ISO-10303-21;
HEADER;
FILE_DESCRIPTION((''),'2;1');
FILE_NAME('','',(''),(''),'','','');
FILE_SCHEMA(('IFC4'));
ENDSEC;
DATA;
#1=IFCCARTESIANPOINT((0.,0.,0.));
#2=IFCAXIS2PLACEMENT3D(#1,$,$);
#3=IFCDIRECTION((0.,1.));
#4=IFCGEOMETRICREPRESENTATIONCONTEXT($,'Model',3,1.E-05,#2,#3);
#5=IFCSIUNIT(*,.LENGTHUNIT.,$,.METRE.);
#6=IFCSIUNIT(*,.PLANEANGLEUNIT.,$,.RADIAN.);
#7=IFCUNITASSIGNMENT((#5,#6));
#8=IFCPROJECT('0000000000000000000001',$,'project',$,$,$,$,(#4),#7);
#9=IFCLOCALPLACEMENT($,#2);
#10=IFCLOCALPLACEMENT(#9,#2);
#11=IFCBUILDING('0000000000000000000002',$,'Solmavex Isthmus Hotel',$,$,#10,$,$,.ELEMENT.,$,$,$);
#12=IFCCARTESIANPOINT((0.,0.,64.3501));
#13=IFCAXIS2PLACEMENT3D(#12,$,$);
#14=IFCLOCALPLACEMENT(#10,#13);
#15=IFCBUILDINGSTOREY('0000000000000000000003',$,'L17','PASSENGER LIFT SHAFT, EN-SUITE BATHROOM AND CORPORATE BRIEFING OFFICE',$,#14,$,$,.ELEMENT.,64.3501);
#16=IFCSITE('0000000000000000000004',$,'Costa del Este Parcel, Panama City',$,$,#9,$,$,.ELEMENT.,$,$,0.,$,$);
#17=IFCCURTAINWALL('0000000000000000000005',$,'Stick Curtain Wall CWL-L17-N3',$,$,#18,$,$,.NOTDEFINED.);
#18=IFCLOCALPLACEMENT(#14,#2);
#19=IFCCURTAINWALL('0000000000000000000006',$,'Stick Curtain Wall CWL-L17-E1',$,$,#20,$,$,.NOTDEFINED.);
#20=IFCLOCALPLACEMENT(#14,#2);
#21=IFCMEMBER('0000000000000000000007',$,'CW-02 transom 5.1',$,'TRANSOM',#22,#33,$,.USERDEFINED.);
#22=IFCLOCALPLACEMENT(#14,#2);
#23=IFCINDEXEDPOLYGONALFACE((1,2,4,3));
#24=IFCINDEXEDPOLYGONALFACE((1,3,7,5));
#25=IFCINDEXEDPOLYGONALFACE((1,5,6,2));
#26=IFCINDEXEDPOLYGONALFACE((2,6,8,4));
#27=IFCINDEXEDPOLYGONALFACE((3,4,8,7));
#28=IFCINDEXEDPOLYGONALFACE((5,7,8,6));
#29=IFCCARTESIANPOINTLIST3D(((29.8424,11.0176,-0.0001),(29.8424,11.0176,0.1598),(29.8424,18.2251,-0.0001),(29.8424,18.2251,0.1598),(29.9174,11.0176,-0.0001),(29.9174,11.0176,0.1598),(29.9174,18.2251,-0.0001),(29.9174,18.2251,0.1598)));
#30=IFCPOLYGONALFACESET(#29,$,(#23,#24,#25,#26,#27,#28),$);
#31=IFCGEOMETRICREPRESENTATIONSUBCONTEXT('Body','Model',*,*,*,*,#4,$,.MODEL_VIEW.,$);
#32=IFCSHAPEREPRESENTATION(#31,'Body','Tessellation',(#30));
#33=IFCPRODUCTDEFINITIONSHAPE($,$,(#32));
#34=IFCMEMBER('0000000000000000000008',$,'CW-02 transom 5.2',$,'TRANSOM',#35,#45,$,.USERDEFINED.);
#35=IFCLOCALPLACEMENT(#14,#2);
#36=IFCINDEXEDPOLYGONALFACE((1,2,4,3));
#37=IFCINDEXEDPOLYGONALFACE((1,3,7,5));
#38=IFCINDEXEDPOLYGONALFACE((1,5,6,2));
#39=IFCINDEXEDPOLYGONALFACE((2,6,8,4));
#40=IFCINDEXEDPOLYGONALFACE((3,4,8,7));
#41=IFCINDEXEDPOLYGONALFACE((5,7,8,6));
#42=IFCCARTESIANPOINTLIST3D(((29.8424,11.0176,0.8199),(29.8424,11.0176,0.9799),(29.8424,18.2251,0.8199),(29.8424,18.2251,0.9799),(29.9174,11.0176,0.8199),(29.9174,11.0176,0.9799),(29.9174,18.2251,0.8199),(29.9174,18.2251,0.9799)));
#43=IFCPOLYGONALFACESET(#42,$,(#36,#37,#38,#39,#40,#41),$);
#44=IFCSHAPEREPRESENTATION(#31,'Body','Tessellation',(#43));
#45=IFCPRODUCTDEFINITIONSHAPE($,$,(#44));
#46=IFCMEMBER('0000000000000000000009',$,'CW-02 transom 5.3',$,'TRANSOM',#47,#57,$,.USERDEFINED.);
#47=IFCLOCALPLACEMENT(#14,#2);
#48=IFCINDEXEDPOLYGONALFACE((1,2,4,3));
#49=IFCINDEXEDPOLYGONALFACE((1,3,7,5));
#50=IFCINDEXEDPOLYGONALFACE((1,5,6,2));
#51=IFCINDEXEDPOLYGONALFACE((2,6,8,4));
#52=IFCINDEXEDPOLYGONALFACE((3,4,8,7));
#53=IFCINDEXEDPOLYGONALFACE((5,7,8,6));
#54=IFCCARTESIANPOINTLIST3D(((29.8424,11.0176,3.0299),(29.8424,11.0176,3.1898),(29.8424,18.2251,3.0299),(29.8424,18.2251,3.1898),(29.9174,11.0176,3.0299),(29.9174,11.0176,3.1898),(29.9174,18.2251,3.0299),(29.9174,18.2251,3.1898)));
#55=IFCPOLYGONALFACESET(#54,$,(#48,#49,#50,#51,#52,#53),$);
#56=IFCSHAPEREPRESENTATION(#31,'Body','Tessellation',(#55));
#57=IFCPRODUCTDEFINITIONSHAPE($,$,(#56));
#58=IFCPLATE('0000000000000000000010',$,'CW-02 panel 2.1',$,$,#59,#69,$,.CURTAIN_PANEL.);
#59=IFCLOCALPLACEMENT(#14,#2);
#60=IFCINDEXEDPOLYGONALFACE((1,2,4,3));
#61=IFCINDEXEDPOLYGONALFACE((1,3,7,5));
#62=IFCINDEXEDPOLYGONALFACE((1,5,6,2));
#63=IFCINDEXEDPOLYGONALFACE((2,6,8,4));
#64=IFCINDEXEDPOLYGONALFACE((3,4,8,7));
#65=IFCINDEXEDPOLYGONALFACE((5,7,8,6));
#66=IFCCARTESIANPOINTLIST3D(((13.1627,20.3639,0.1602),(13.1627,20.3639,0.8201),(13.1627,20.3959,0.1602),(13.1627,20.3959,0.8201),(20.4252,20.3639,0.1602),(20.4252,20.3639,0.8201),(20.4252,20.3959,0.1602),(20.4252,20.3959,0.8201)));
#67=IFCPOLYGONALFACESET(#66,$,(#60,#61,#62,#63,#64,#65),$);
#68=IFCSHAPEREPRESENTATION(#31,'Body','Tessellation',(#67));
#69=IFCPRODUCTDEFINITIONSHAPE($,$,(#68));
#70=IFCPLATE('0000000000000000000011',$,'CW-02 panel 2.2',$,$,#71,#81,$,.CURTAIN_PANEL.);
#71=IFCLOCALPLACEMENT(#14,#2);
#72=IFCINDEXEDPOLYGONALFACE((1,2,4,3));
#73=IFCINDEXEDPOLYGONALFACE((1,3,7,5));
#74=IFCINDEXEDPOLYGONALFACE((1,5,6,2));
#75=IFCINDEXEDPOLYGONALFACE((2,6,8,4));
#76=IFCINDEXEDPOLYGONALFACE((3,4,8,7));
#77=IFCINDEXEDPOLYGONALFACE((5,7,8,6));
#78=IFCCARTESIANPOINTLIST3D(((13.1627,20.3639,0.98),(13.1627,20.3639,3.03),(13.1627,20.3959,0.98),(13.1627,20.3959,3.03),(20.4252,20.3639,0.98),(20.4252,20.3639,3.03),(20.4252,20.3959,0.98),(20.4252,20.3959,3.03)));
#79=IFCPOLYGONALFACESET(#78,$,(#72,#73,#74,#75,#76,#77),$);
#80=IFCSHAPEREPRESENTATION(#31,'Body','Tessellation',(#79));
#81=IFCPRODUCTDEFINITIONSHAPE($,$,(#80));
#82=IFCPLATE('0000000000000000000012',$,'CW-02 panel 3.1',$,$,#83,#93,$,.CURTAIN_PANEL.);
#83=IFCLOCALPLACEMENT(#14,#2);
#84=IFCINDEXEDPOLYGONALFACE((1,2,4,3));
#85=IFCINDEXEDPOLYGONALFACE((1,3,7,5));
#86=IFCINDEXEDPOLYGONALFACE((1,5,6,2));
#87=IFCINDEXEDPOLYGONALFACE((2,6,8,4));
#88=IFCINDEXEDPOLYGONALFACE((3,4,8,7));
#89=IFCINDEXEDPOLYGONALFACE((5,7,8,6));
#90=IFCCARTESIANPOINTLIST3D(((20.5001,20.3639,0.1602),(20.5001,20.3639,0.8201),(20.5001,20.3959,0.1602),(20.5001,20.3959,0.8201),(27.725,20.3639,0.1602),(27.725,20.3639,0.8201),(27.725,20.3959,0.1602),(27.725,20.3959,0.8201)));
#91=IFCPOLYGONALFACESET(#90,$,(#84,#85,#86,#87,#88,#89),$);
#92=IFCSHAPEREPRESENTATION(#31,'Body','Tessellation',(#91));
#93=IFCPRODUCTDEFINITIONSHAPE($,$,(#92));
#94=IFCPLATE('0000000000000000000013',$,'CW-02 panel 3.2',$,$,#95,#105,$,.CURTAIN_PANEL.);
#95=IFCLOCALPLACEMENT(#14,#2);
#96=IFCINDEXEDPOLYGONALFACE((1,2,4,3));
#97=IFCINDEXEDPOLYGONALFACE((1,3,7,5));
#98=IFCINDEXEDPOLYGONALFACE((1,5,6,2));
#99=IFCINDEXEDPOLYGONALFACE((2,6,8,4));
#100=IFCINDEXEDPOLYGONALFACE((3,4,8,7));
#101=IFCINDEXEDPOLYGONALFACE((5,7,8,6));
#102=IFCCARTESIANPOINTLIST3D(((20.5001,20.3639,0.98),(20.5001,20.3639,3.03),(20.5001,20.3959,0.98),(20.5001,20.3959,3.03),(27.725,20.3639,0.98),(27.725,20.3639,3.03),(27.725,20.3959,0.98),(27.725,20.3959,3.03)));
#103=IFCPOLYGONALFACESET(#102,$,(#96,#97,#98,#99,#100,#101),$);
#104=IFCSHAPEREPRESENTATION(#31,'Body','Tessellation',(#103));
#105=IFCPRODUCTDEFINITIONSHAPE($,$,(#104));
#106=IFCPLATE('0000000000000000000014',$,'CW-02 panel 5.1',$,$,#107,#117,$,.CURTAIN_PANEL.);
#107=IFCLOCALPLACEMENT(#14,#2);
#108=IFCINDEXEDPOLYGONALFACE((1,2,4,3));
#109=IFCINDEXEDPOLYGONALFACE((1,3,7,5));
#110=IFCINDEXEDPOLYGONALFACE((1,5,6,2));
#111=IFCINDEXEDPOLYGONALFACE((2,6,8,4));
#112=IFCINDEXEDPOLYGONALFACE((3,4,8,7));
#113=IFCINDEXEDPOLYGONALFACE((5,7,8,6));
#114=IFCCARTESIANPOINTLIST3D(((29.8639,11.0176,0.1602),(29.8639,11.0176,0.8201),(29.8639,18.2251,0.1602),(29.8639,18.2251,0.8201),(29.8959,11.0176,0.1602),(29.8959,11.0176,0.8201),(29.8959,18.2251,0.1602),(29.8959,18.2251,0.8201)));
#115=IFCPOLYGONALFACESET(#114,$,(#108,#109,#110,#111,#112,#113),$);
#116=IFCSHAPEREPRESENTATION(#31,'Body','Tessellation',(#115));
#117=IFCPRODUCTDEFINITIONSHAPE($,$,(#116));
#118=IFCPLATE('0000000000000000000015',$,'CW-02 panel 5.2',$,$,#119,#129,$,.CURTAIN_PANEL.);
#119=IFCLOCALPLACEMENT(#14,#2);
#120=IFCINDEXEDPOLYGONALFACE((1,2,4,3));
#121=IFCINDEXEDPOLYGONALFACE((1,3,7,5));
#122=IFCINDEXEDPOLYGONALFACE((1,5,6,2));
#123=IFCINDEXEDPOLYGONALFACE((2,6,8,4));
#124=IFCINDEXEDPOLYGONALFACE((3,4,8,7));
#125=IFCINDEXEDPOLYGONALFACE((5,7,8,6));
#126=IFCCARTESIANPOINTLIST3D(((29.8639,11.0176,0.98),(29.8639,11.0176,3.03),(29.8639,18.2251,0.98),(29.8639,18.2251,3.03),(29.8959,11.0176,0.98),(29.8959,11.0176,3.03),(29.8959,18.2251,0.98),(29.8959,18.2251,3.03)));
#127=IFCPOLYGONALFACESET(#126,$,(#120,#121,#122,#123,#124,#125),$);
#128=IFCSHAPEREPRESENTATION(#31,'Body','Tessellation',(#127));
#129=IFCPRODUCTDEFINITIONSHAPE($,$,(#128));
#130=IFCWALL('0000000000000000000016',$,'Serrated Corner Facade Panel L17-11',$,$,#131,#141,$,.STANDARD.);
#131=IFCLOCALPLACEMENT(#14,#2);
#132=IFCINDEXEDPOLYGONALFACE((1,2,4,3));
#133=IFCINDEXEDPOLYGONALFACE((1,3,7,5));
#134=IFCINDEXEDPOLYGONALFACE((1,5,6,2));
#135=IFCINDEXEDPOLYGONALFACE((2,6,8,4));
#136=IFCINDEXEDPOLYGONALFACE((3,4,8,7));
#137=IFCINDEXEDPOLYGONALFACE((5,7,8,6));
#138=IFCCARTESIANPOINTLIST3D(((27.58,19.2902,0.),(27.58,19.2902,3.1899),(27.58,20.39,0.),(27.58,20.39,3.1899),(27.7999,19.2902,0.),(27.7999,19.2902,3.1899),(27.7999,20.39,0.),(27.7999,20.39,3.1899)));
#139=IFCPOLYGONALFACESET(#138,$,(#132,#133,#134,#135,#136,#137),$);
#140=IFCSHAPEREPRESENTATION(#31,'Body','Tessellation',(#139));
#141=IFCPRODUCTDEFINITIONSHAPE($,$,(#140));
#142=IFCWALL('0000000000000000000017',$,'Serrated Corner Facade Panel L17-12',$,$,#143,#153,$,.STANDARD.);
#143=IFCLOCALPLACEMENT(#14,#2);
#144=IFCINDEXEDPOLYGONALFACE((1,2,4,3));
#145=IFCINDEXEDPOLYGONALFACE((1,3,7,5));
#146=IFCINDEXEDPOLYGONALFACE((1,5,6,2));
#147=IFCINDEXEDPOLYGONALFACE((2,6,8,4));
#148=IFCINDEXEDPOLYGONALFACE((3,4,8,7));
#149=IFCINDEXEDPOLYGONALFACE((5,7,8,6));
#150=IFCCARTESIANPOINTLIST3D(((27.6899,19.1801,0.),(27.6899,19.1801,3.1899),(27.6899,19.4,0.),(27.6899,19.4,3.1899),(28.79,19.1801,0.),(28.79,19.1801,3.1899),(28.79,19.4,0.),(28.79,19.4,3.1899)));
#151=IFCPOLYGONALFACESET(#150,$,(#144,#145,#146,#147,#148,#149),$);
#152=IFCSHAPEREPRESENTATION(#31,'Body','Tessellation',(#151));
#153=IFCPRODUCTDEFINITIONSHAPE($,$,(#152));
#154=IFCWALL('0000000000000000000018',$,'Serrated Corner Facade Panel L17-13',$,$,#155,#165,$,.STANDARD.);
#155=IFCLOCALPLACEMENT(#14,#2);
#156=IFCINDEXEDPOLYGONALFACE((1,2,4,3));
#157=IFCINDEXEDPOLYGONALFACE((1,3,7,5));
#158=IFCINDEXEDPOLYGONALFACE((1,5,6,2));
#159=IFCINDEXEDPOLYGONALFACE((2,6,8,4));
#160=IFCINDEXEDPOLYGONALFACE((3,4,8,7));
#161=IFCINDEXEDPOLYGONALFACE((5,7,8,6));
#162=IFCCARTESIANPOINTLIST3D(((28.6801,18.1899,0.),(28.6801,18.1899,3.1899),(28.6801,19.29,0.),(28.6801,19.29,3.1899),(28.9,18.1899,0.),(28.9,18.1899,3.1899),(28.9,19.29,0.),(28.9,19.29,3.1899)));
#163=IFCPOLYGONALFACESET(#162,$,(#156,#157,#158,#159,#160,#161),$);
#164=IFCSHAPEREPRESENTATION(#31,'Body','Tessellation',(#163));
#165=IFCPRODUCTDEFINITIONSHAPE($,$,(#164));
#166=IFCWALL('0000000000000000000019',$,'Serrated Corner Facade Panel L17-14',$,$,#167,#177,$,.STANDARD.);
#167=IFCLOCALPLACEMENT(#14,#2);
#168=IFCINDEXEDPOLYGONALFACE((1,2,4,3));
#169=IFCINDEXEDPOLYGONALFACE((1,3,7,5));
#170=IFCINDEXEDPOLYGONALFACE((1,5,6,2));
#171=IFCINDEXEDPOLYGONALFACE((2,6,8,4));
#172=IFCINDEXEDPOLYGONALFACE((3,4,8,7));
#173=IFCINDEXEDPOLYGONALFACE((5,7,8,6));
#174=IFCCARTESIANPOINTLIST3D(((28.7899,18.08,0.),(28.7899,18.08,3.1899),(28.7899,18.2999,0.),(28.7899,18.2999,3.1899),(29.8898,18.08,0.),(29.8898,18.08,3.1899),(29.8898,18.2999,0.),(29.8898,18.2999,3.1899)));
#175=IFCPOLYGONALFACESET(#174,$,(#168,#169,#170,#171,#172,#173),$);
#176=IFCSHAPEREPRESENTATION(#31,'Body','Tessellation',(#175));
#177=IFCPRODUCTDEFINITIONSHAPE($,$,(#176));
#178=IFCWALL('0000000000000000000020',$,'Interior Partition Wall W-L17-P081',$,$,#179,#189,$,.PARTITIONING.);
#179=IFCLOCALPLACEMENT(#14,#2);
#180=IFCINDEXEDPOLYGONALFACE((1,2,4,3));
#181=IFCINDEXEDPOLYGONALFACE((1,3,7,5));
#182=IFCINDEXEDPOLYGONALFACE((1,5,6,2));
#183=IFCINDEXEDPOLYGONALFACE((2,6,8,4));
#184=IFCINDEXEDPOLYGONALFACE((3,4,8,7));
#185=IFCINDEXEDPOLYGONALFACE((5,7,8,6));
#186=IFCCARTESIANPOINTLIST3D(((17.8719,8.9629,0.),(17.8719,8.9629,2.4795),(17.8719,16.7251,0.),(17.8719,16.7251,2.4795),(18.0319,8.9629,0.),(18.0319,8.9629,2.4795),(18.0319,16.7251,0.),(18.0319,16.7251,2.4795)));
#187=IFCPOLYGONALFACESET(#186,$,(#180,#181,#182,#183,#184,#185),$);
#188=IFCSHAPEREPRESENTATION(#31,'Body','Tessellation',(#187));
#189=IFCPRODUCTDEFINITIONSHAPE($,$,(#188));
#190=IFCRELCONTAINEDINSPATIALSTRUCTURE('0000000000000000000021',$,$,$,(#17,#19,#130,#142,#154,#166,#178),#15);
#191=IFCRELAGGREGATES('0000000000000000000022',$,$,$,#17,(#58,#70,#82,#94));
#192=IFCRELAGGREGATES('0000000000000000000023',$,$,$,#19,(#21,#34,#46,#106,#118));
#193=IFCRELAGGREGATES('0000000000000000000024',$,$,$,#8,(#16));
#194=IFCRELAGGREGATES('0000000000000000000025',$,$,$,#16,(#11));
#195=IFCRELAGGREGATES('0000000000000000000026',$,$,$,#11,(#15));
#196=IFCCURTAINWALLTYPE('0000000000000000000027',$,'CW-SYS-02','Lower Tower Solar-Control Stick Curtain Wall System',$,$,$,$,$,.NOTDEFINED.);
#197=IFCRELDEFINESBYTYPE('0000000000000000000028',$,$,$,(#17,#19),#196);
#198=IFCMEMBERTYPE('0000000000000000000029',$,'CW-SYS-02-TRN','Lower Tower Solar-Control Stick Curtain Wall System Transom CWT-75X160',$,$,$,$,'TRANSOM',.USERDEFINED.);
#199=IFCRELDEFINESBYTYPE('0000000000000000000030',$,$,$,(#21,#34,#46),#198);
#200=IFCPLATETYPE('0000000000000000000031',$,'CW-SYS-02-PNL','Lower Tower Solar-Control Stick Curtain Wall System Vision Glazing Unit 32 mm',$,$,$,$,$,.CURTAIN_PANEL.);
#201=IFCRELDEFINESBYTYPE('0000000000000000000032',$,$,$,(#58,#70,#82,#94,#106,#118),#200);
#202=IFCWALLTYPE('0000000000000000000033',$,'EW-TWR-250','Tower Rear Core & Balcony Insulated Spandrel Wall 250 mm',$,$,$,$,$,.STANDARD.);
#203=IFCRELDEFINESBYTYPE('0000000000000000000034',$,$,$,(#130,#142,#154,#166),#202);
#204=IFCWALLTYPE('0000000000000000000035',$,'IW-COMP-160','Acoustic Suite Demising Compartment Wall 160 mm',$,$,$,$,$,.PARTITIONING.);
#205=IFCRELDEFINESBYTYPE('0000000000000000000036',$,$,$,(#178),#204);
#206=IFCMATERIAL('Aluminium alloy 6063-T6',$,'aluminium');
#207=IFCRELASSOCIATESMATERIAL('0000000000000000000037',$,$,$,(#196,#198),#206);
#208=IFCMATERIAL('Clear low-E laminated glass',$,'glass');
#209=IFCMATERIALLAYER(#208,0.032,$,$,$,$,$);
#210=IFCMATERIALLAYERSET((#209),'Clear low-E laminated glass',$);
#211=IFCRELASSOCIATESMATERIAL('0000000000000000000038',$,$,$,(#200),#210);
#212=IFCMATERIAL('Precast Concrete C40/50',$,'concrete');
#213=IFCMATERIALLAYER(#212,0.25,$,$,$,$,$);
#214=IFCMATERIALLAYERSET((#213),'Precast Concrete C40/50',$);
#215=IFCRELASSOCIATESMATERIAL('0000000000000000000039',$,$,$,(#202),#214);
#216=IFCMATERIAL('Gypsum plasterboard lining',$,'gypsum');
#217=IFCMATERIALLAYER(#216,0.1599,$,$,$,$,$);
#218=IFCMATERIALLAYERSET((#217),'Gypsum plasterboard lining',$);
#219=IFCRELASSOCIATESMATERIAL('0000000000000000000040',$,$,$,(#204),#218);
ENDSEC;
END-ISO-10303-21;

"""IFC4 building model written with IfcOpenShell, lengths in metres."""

from ifc_helpers import new_model, si_unit, direction, frame, frame_2d, origin, origin_2d, place, context, subcontext, project, spatial, rectangle, extrude, material, layer, layer_set, material_profile, profile_set, type_object, element, aggregate, save


model = new_model("IFC4")

# Units and contexts
model_context = context("Model", 3, precision=1e-05, world=origin(), true_north=direction((0.0, 1.0)))
body_context = subcontext(model_context, "Body", "Model", "MODEL_VIEW")
ifc_project = project(units=[si_unit("LENGTHUNIT", "METRE"), si_unit("PLANEANGLEUNIT", "RADIAN")], contexts=[model_context])

# Site, building, storey
site_placement = place(None, origin())
site = spatial("IfcSite", under=ifc_project, at=site_placement, Name="Costa del Este Parcel, Panama City", CompositionType="ELEMENT", RefElevation=0.0)
building_placement = place(site_placement, origin())
building = spatial("IfcBuilding", under=site, at=building_placement, Name="Solmavex Isthmus Hotel", CompositionType="ELEMENT")
storey_placement = place(building_placement, frame((0.0, 0.0, 64.3501)))
storey = spatial("IfcBuildingStorey", under=building, at=storey_placement, Name="L17", Description="PASSENGER LIFT SHAFT, EN-SUITE BATHROOM AND CORPORATE BRIEFING OFFICE", CompositionType="ELEMENT", Elevation=64.3501)

# Curtain walls
ifc_material_1 = material(Name="Aluminium alloy 6063-T6", Category="aluminium")
curtain_wall_type = type_object("IfcCurtainWallType", Name="CW-SYS-02", Description="Lower Tower Solar-Control Stick Curtain Wall System", PredefinedType="NOTDEFINED", material=ifc_material_1)
curtain_wall_1_placement = place(storey_placement, origin())
curtain_wall_1 = element("IfcCurtainWall", 1, at=curtain_wall_1_placement, inside=storey, type_object=curtain_wall_type, Name="Stick Curtain Wall CWL-L17-N3", PredefinedType="NOTDEFINED")
curtain_wall_2_placement = place(storey_placement, origin())
curtain_wall_2 = element("IfcCurtainWall", 2, at=curtain_wall_2_placement, inside=storey, type_object=curtain_wall_type, Name="Stick Curtain Wall CWL-L17-E1", PredefinedType="NOTDEFINED")

# Members
ifc_material_profile_1 = material_profile(ifc_material_1, rectangle(XDim=0.075, YDim=0.1599, at=origin_2d()), Name="CWT-75X160")
ifc_profile_set_1 = profile_set([ifc_material_profile_1], Name="Aluminium alloy 6063-T6")
member_type_1 = type_object("IfcMemberType", Name="CW-SYS-02-TRN", Description="Lower Tower Solar-Control Stick Curtain Wall System Transom CWT-75X160", ElementType="TRANSOM", PredefinedType="USERDEFINED", material=ifc_profile_set_1)
member_1_placement = place(storey_placement, frame((29.8799, 11.0176, 0.0798), z_axis=(0.0, 1.0, 0.0), x_axis=(-1.0, 0.0, 0.0)))
member_1 = element("IfcMember", 3, at=member_1_placement, type_object=member_type_1, Name="CW-02 transom 5.1", ObjectType="TRANSOM", PredefinedType="USERDEFINED", context=body_context, shape_type="SweptSolid", body=[
    extrude(rectangle(XDim=0.075, YDim=0.1599, at=origin_2d()), origin(), (0.0, 0.0, 1.0), 7.2075),
])
member_2_placement = place(storey_placement, frame((29.8799, 11.0176, 0.8999), z_axis=(0.0, 1.0, 0.0), x_axis=(-1.0, 0.0, 0.0)))
member_2 = element("IfcMember", 4, at=member_2_placement, type_object=member_type_1, Name="CW-02 transom 5.2", ObjectType="TRANSOM", PredefinedType="USERDEFINED", context=body_context, shape_type="SweptSolid", body=[
    extrude(rectangle(XDim=0.075, YDim=0.1599, at=origin_2d()), origin(), (0.0, 0.0, 1.0), 7.2075),
])
member_3_placement = place(storey_placement, frame((29.8799, 11.0176, 3.1099), z_axis=(0.0, 1.0, 0.0), x_axis=(-1.0, 0.0, 0.0)))
member_3 = element("IfcMember", 5, at=member_3_placement, type_object=member_type_1, Name="CW-02 transom 5.3", ObjectType="TRANSOM", PredefinedType="USERDEFINED", context=body_context, shape_type="SweptSolid", body=[
    extrude(rectangle(XDim=0.075, YDim=0.1599, at=origin_2d()), origin(), (0.0, 0.0, 1.0), 7.2075),
])

# Plates
ifc_material_2 = material(Name="Clear low-E laminated glass", Category="glass")
ifc_layer_1 = layer(ifc_material_2, 0.032)
ifc_layer_set_1 = layer_set([ifc_layer_1], Name="Clear low-E laminated glass")
plate_type = type_object("IfcPlateType", Name="CW-SYS-02-PNL", Description="Lower Tower Solar-Control Stick Curtain Wall System Vision Glazing Unit 32 mm", PredefinedType="CURTAIN_PANEL", material=ifc_layer_set_1)
plate_1_placement = place(storey_placement, frame((16.7939, 20.3799, 0.1602), z_axis=(0.0, 0.0, 1.0), x_axis=(1.0, 0.0, 0.0)))
plate_1 = element("IfcPlate", 6, at=plate_1_placement, type_object=plate_type, Name="CW-02 panel 2.1", PredefinedType="CURTAIN_PANEL", context=body_context, shape_type="SweptSolid", body=[
    extrude(rectangle(XDim=7.2625, YDim=0.032, at=origin_2d()), origin(), (0.0, 0.0, 1.0), 0.6599),
])
plate_2_placement = place(storey_placement, frame((16.7939, 20.3799, 0.98), z_axis=(0.0, 0.0, 1.0), x_axis=(1.0, 0.0, 0.0)))
plate_2 = element("IfcPlate", 7, at=plate_2_placement, type_object=plate_type, Name="CW-02 panel 2.2", PredefinedType="CURTAIN_PANEL", context=body_context, shape_type="SweptSolid", body=[
    extrude(rectangle(XDim=7.2625, YDim=0.032, at=origin_2d()), origin(), (0.0, 0.0, 1.0), 2.05),
])
plate_3_placement = place(storey_placement, frame((24.1125, 20.3799, 0.1602), z_axis=(0.0, 0.0, 1.0), x_axis=(1.0, 0.0, 0.0)))
plate_3 = element("IfcPlate", 8, at=plate_3_placement, type_object=plate_type, Name="CW-02 panel 3.1", PredefinedType="CURTAIN_PANEL", context=body_context, shape_type="SweptSolid", body=[
    extrude(rectangle(XDim=7.2249, YDim=0.032, at=origin_2d()), origin(), (0.0, 0.0, 1.0), 0.6599),
])
plate_4_placement = place(storey_placement, frame((24.1125, 20.3799, 0.98), z_axis=(0.0, 0.0, 1.0), x_axis=(1.0, 0.0, 0.0)))
plate_4 = element("IfcPlate", 9, at=plate_4_placement, type_object=plate_type, Name="CW-02 panel 3.2", PredefinedType="CURTAIN_PANEL", context=body_context, shape_type="SweptSolid", body=[
    extrude(rectangle(XDim=7.2249, YDim=0.032, at=origin_2d()), origin(), (0.0, 0.0, 1.0), 2.05),
])
aggregate(curtain_wall_1, [plate_1, plate_2, plate_3, plate_4])
plate_5_placement = place(storey_placement, frame((29.8799, 14.6213, 0.1602), z_axis=(0.0, 0.0, 1.0), x_axis=(0.0, 1.0, 0.0)))
plate_5 = element("IfcPlate", 10, at=plate_5_placement, type_object=plate_type, Name="CW-02 panel 5.1", PredefinedType="CURTAIN_PANEL", context=body_context, shape_type="SweptSolid", body=[
    extrude(rectangle(XDim=7.2075, YDim=0.032, at=origin_2d()), origin(), (0.0, 0.0, 1.0), 0.6599),
])
plate_6_placement = place(storey_placement, frame((29.8799, 14.6213, 0.98), z_axis=(0.0, 0.0, 1.0), x_axis=(0.0, 1.0, 0.0)))
plate_6 = element("IfcPlate", 11, at=plate_6_placement, type_object=plate_type, Name="CW-02 panel 5.2", PredefinedType="CURTAIN_PANEL", context=body_context, shape_type="SweptSolid", body=[
    extrude(rectangle(XDim=7.2075, YDim=0.032, at=origin_2d()), origin(), (0.0, 0.0, 1.0), 2.05),
])
aggregate(curtain_wall_2, [member_1, member_2, member_3, plate_5, plate_6])

# Walls
ifc_material_3 = material(Name="Precast Concrete C40/50", Category="concrete")
ifc_layer_2 = layer(ifc_material_3, 0.25)
ifc_layer_set_2 = layer_set([ifc_layer_2], Name="Precast Concrete C40/50")
wall_type_1 = type_object("IfcWallType", Name="EW-TWR-250", Description="Tower Rear Core & Balcony Insulated Spandrel Wall 250 mm", PredefinedType="STANDARD", material=ifc_layer_set_2)
wall_1_placement = place(storey_placement, frame((27.6899, 20.3899, 0.0), z_axis=(0.0, 0.0, 1.0), x_axis=(0.0, -1.0, 0.0)))
element("IfcWall", 12, at=wall_1_placement, inside=storey, type_object=wall_type_1, Name="Serrated Corner Facade Panel L17-11", PredefinedType="STANDARD", context=body_context, shape_type="SweptSolid", body=[
    extrude(rectangle(XDim=1.0999, YDim=0.22, at=frame_2d((0.5498, 0.0))), origin(), (0.0, 0.0, 1.0), 3.1899),
])
for number, where, z_axis, x_axis, name in (
    (13, (27.6899, 19.29, 0.0), (0.0, 0.0, 1.0), (1.0, 0.0, 0.0), "Serrated Corner Facade Panel L17-12"),
    (14, (28.79, 19.29, 0.0), (0.0, 0.0, 1.0), (0.0, -1.0, 0.0), "Serrated Corner Facade Panel L17-13"),
):
    element("IfcWall", number, at=place(storey_placement, frame(where, z_axis=z_axis, x_axis=x_axis)), inside=storey, type_object=wall_type_1, Name=name, PredefinedType="STANDARD", context=body_context, shape_type="SweptSolid", body=[
        extrude(rectangle(XDim=1.1001, YDim=0.22, at=frame_2d((0.55, 0.0))), origin(), (0.0, 0.0, 1.0), 3.1899),
    ])
wall_2_placement = place(storey_placement, frame((28.79, 18.1899, 0.0), z_axis=(0.0, 0.0, 1.0), x_axis=(1.0, 0.0, 0.0)))
element("IfcWall", 15, at=wall_2_placement, inside=storey, type_object=wall_type_1, Name="Serrated Corner Facade Panel L17-14", PredefinedType="STANDARD", context=body_context, shape_type="SweptSolid", body=[
    extrude(rectangle(XDim=1.0999, YDim=0.22, at=frame_2d((0.5498, 0.0))), origin(), (0.0, 0.0, 1.0), 3.1899),
])
ifc_material_4 = material(Name="Gypsum plasterboard lining", Category="gypsum")
ifc_layer_3 = layer(ifc_material_4, 0.1599)
ifc_layer_set_3 = layer_set([ifc_layer_3], Name="Gypsum plasterboard lining")
wall_type_2 = type_object("IfcWallType", Name="IW-COMP-160", Description="Acoustic Suite Demising Compartment Wall 160 mm", PredefinedType="PARTITIONING", material=ifc_layer_set_3)
wall_3_placement = place(storey_placement, frame((17.9519, 16.7251, 0.0), z_axis=(0.0, 0.0, 1.0), x_axis=(0.0, -1.0, 0.0)))
element("IfcWall", 16, at=wall_3_placement, inside=storey, type_object=wall_type_2, Name="Interior Partition Wall W-L17-P081", PredefinedType="PARTITIONING", context=body_context, shape_type="SweptSolid", body=[
    extrude(rectangle(XDim=7.7622, YDim=0.1599, at=frame_2d((3.8811, 0.0))), origin(), (0.0, 0.0, 1.0), 2.4795),
])

save(model, "model.ifc")
